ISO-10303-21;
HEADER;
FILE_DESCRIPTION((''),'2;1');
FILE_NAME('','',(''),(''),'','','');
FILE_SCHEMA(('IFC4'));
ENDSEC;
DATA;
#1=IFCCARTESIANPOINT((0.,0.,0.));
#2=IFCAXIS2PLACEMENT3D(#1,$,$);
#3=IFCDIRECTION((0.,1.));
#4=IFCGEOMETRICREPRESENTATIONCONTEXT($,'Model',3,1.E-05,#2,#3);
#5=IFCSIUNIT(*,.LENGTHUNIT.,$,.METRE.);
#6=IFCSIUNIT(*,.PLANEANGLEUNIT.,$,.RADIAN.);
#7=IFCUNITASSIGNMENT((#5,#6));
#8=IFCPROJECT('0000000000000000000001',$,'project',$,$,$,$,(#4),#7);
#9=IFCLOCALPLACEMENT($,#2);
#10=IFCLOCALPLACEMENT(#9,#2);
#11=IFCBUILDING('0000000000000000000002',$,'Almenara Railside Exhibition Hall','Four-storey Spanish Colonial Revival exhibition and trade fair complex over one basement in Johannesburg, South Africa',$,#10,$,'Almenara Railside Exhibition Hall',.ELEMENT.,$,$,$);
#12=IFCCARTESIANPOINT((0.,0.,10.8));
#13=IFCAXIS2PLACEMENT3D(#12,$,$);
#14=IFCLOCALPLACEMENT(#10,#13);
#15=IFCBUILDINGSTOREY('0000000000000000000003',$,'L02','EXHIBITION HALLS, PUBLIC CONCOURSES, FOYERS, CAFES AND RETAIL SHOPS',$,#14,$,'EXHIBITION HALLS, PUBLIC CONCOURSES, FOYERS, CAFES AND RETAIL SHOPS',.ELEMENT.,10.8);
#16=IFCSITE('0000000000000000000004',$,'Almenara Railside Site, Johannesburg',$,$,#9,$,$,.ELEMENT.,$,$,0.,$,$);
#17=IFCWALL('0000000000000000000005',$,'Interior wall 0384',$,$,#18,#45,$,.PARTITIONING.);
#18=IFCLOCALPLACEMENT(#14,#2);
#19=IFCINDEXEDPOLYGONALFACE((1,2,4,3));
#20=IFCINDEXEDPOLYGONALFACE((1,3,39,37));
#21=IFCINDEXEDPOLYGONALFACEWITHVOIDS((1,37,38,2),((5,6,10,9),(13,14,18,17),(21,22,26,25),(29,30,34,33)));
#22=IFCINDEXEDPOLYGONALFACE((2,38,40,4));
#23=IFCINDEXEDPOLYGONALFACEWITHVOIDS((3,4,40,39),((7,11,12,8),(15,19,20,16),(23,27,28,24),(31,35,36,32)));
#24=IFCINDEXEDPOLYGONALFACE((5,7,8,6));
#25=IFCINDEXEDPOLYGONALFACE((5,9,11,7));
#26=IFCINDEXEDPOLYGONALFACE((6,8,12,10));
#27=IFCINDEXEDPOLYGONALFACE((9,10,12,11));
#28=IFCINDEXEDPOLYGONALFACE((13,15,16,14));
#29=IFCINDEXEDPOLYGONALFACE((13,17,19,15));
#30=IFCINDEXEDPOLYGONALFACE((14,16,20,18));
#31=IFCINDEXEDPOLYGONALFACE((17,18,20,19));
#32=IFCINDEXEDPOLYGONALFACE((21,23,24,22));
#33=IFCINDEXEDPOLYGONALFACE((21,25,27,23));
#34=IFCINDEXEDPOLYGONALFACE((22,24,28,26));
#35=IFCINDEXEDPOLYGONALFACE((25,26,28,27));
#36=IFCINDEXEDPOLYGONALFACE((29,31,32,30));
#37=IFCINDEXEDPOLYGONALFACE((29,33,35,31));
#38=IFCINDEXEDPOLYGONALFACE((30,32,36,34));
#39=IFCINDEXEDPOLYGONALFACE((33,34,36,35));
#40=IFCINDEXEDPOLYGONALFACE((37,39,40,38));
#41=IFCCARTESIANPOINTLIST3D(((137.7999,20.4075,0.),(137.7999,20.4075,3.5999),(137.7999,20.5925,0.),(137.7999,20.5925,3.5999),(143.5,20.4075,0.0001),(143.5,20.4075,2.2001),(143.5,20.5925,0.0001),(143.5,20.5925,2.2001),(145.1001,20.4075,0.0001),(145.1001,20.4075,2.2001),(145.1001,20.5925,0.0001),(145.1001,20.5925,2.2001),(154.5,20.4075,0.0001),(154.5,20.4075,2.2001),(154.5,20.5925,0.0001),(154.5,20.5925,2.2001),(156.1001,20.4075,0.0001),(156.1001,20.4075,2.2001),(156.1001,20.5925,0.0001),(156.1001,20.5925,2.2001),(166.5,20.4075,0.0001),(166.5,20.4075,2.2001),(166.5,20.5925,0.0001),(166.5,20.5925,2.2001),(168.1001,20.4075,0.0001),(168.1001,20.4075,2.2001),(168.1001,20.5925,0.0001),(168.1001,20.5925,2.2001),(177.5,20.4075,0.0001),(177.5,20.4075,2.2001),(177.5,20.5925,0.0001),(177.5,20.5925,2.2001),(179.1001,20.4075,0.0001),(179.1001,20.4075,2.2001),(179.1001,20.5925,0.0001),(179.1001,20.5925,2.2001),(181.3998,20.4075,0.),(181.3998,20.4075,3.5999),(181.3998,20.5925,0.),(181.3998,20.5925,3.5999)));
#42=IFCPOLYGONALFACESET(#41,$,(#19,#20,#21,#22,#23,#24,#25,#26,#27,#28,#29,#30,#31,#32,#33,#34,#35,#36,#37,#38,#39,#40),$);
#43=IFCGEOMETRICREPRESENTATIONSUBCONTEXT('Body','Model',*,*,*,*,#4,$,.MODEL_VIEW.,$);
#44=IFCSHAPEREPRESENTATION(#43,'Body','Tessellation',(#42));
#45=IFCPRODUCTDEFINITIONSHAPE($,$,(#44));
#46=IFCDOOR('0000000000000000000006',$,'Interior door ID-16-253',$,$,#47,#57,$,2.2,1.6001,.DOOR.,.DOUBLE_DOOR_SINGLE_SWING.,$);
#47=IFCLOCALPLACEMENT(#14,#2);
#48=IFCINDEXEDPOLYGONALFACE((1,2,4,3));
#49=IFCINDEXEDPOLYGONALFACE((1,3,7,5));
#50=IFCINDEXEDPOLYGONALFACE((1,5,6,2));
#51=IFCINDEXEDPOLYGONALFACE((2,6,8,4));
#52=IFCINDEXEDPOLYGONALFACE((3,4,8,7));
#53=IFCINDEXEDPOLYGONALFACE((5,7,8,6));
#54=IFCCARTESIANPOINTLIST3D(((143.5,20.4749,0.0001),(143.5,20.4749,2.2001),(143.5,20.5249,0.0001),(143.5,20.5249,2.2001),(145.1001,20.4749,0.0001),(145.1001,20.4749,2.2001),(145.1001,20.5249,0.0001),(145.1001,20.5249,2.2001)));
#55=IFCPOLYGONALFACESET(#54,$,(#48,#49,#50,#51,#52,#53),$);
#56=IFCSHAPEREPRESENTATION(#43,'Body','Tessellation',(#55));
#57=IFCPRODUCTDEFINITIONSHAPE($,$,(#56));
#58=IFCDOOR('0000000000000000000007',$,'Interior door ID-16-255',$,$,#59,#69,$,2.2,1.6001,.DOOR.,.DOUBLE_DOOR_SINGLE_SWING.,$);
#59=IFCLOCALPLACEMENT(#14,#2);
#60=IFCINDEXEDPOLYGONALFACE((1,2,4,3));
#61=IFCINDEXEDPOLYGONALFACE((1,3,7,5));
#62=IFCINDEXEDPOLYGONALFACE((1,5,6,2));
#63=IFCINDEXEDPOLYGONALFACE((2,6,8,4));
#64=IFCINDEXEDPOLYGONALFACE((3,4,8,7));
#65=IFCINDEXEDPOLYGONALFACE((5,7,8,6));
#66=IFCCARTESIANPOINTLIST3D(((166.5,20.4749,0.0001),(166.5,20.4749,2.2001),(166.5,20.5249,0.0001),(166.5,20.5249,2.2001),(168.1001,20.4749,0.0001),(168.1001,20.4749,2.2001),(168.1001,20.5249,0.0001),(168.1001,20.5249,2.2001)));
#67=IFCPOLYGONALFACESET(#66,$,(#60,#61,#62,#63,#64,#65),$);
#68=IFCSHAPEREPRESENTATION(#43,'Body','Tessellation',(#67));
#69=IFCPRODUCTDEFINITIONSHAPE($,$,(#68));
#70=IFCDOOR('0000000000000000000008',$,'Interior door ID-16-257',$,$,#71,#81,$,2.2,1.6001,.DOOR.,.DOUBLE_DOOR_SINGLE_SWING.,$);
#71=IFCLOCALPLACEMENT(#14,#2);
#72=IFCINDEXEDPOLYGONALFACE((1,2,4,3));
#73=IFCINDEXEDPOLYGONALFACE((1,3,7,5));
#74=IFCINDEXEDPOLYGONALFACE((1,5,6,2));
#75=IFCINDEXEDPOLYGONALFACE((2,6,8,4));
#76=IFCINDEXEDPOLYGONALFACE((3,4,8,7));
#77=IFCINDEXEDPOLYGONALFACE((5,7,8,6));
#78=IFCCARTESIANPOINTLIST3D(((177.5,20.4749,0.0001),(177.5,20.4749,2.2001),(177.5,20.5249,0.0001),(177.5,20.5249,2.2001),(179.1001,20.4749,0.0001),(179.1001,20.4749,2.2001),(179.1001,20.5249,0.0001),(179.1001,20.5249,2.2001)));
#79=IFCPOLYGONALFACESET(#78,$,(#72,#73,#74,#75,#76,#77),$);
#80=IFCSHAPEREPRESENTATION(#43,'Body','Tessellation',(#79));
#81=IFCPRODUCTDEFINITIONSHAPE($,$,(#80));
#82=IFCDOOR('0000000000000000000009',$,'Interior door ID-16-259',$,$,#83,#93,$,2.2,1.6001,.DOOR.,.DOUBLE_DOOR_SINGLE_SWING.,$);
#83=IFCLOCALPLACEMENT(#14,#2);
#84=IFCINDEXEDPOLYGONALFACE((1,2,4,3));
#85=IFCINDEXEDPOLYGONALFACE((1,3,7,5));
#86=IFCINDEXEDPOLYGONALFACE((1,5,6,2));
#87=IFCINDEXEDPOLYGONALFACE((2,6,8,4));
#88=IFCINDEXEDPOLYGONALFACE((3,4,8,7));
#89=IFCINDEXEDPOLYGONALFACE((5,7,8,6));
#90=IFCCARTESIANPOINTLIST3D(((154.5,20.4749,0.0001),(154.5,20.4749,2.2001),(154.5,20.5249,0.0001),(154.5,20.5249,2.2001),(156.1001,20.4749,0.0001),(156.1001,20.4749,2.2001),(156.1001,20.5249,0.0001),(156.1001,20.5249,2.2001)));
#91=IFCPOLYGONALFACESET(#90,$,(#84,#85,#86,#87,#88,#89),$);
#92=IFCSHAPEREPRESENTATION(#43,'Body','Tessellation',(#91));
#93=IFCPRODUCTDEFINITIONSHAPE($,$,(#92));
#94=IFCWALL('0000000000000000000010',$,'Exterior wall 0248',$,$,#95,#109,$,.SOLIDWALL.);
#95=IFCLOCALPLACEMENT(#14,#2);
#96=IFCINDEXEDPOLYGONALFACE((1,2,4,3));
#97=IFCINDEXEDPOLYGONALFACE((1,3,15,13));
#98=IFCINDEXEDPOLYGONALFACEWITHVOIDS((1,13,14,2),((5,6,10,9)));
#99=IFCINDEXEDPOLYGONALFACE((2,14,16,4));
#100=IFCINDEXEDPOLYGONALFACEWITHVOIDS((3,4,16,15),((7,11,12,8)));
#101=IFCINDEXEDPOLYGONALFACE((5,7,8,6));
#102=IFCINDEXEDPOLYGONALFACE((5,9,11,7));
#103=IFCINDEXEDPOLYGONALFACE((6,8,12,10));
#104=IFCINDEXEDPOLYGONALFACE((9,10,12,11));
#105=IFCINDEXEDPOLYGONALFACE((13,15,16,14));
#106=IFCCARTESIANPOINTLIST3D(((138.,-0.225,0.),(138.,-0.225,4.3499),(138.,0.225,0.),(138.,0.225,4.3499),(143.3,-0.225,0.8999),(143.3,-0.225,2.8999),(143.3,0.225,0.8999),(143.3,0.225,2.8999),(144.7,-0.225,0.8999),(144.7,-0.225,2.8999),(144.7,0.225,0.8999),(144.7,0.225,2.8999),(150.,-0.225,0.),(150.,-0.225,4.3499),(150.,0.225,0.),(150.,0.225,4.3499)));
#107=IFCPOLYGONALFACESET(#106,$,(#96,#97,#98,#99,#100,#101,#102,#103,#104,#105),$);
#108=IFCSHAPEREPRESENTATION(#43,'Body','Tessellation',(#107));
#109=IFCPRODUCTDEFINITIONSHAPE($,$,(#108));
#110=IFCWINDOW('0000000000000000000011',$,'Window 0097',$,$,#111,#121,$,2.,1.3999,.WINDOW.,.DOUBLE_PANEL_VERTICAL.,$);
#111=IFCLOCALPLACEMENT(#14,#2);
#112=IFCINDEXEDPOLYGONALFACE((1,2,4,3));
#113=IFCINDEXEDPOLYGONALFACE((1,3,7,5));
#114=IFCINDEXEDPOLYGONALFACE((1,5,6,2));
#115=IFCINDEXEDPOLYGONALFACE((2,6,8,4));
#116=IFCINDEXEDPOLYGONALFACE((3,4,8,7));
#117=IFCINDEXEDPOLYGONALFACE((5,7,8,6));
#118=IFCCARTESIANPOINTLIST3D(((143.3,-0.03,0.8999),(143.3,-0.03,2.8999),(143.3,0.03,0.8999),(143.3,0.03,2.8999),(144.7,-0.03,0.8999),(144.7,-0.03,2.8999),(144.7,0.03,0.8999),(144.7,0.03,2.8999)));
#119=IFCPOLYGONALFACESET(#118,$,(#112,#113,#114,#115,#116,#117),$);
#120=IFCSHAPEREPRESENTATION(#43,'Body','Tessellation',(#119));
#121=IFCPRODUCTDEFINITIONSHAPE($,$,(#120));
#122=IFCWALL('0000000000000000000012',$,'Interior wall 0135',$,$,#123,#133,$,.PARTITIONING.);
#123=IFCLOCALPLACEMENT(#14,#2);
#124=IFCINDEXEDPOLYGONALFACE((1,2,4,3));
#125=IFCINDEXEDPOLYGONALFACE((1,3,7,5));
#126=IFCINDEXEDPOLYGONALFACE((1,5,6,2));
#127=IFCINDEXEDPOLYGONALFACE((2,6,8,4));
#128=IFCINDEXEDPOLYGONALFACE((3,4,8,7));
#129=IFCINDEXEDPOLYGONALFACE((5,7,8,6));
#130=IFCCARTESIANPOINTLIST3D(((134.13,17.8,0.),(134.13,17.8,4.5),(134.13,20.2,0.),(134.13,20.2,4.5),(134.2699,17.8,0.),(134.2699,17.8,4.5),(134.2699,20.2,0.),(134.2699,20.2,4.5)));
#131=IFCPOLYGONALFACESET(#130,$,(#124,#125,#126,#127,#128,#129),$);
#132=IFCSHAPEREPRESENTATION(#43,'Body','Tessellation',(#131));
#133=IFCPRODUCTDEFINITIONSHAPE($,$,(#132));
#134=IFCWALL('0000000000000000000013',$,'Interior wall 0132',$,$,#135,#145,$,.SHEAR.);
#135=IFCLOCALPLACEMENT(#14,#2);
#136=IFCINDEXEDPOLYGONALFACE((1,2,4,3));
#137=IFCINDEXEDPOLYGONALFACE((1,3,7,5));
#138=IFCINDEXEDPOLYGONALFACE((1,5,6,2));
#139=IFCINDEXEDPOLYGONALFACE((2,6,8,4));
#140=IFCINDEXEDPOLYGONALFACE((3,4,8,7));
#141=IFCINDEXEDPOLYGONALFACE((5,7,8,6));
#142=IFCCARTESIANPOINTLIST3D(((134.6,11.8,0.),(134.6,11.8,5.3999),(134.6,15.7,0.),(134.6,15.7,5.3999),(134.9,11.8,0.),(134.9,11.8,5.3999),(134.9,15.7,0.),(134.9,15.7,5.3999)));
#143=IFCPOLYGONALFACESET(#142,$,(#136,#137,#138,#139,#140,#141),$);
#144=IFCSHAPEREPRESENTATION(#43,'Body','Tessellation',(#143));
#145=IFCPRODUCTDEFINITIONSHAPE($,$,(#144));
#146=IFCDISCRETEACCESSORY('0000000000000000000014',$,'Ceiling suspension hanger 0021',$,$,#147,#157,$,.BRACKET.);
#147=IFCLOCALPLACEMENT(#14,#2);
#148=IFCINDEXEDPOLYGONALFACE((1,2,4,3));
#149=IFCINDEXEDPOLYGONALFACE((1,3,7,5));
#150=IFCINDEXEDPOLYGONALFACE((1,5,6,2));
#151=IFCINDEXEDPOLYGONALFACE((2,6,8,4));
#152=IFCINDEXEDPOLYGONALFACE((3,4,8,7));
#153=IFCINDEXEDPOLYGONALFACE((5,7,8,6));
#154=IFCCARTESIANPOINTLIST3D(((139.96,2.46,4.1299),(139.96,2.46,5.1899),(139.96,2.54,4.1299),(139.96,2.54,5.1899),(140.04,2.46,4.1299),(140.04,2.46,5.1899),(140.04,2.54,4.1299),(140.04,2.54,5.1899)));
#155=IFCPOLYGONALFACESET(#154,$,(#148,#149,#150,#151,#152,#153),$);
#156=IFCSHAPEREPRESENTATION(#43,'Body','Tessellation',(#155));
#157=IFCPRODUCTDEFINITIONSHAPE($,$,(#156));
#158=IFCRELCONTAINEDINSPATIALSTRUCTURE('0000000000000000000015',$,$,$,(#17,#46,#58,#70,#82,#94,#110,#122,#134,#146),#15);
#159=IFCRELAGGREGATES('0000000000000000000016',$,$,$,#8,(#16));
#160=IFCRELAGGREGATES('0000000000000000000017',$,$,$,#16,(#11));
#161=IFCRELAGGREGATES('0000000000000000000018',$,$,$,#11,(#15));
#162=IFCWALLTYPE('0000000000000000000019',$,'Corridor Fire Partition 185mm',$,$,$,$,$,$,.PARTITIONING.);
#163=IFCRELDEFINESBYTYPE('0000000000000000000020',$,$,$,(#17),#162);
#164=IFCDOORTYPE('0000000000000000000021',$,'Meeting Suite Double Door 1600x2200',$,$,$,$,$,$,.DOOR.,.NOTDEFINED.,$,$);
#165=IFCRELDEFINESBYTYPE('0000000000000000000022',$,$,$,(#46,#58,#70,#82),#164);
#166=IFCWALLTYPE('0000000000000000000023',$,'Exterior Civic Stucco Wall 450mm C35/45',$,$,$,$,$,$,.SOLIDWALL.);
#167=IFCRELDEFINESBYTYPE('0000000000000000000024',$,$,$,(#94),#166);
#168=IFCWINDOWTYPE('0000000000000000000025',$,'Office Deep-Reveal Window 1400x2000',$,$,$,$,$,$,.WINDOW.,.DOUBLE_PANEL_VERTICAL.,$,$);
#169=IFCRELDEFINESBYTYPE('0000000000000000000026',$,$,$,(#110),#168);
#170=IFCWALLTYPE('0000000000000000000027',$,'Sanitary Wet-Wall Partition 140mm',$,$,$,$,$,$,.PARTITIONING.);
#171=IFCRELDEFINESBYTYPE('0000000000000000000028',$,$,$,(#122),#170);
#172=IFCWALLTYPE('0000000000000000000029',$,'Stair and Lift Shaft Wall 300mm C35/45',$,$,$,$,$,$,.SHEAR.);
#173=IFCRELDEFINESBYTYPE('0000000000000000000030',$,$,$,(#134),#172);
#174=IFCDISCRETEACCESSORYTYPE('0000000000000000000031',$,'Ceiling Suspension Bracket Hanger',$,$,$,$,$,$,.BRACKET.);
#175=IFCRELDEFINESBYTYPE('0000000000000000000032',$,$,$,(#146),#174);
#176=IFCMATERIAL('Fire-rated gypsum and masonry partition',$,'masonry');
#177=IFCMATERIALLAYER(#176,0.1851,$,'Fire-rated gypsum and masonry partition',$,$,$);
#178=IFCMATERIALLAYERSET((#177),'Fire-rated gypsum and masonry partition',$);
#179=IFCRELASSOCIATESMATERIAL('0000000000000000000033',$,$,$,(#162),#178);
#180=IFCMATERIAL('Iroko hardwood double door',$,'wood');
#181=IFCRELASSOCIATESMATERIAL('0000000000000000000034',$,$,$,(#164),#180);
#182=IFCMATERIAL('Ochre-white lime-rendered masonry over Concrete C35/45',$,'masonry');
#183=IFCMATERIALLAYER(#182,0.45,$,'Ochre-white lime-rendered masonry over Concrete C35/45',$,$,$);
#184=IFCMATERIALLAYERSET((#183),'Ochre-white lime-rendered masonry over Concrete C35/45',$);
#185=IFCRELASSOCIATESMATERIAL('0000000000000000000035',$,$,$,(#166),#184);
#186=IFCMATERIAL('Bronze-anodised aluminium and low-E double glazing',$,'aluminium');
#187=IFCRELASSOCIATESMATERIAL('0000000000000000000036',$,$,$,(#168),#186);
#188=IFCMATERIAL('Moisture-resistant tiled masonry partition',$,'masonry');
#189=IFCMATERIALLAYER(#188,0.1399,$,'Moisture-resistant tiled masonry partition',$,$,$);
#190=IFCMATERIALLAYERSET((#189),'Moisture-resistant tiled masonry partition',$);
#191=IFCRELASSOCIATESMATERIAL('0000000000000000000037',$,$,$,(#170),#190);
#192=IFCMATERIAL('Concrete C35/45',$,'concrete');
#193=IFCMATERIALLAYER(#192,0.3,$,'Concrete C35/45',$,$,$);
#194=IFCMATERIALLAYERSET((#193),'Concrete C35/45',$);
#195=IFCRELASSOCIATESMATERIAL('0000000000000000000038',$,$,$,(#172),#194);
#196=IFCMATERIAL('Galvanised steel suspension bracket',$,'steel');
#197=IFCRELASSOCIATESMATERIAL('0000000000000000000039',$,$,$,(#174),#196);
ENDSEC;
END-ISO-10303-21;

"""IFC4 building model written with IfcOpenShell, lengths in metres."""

from ifc_helpers import new_model, si_unit, direction, frame, frame_2d, origin, origin_2d, place, context, subcontext, project, spatial, rectangle, extrude, material, layer, layer_set, type_object, element, fill, save


model = new_model("IFC4")

# Units and contexts
model_context = context("Model", 3, precision=1e-05, world=origin(), true_north=direction((0.0, 1.0)))
body_context = subcontext(model_context, "Body", "Model", "MODEL_VIEW")
ifc_project = project(units=[si_unit("LENGTHUNIT", "METRE"), si_unit("PLANEANGLEUNIT", "RADIAN")], contexts=[model_context])

# Site, building, storey
site_placement = place(None, origin())
site = spatial("IfcSite", under=ifc_project, at=site_placement, Name="Almenara Railside Site, Johannesburg", CompositionType="ELEMENT", RefElevation=0.0)
building_placement = place(site_placement, origin())
building = spatial("IfcBuilding", under=site, at=building_placement, Name="Almenara Railside Exhibition Hall", Description="Four-storey Spanish Colonial Revival exhibition and trade fair complex over one basement in Johannesburg, South Africa", LongName="Almenara Railside Exhibition Hall", CompositionType="ELEMENT")
storey_placement = place(building_placement, frame((0.0, 0.0, 10.8)))
storey = spatial("IfcBuildingStorey", under=building, at=storey_placement, Name="L02", Description="EXHIBITION HALLS, PUBLIC CONCOURSES, FOYERS, CAFES AND RETAIL SHOPS", LongName="EXHIBITION HALLS, PUBLIC CONCOURSES, FOYERS, CAFES AND RETAIL SHOPS", CompositionType="ELEMENT", Elevation=10.8)

# Shared definitions
ifc_material_1 = material(Name="Concrete C35/45", Category="concrete")

# Wall, openings, doors
ifc_material_2 = material(Name="Fire-rated gypsum and masonry partition", Category="masonry")
ifc_layer_1 = layer(ifc_material_2, 0.1851, Name="Fire-rated gypsum and masonry partition")
ifc_layer_set_1 = layer_set([ifc_layer_1], Name="Fire-rated gypsum and masonry partition")
wall_type_1 = type_object("IfcWallType", Name="Corridor Fire Partition 185mm", PredefinedType="PARTITIONING", material=ifc_layer_set_1)
wall_1_placement = place(storey_placement, frame((137.8, 20.5, 0.0), z_axis=(0.0, 0.0, 1.0), x_axis=(1.0, 0.0, 0.0)))
wall_1 = element("IfcWall", 1, at=wall_1_placement, inside=storey, type_object=wall_type_1, Name="Interior wall 0384", PredefinedType="PARTITIONING", context=body_context, shape_type="SweptSolid", body=[
    extrude(rectangle(XDim=43.5999, YDim=0.1851, at=frame_2d((21.7998, 0.0))), origin(), (0.0, 0.0, 1.0), 3.5999),
])
opening_1_placement = place(wall_1_placement, frame((5.7, 0.0, 0.0)))
opening_1 = element("IfcOpeningElement", 2, at=opening_1_placement, cuts=wall_1, PredefinedType="OPENING", context=body_context, shape_type="SweptSolid", body=[
    extrude(rectangle(XDim=1.6001, YDim=2.2, at=frame_2d((0.8, 1.1001))), frame((0.0, 0.1025, 0.0), z_axis=(0.0, -1.0, 0.0), x_axis=(1.0, 0.0, 0.0)), (0.0, 0.0, 1.0), 0.2051),
])
opening_2_placement = place(wall_1_placement, frame((28.7, 0.0, 0.0)))
opening_2 = element("IfcOpeningElement", 3, at=opening_2_placement, cuts=wall_1, PredefinedType="OPENING", context=body_context, shape_type="SweptSolid", body=[
    extrude(rectangle(XDim=1.6001, YDim=2.2, at=frame_2d((0.8, 1.1001))), frame((0.0, 0.1025, 0.0), z_axis=(0.0, -1.0, 0.0), x_axis=(1.0, 0.0, 0.0)), (0.0, 0.0, 1.0), 0.2051),
])
opening_3_placement = place(wall_1_placement, frame((39.7, 0.0, 0.0)))
opening_3 = element("IfcOpeningElement", 4, at=opening_3_placement, cuts=wall_1, PredefinedType="OPENING", context=body_context, shape_type="SweptSolid", body=[
    extrude(rectangle(XDim=1.6001, YDim=2.2, at=frame_2d((0.8, 1.1001))), frame((0.0, 0.1025, 0.0), z_axis=(0.0, -1.0, 0.0), x_axis=(1.0, 0.0, 0.0)), (0.0, 0.0, 1.0), 0.2051),
])
opening_4_placement = place(wall_1_placement, frame((16.7, 0.0, 0.0)))
opening_4 = element("IfcOpeningElement", 5, at=opening_4_placement, cuts=wall_1, PredefinedType="OPENING", context=body_context, shape_type="SweptSolid", body=[
    extrude(rectangle(XDim=1.6001, YDim=2.2, at=frame_2d((0.8, 1.1001))), frame((0.0, 0.1025, 0.0), z_axis=(0.0, -1.0, 0.0), x_axis=(1.0, 0.0, 0.0)), (0.0, 0.0, 1.0), 0.2051),
])
ifc_material_3 = material(Name="Iroko hardwood double door", Category="wood")
door_type_1 = type_object("IfcDoorType", Name="Meeting Suite Double Door 1600x2200", OperationType="NOTDEFINED", PredefinedType="DOOR", material=ifc_material_3)
door_1_placement = place(opening_1_placement, origin())
door_1 = element("IfcDoor", 6, at=door_1_placement, inside=storey, type_object=door_type_1, Name="Interior door ID-16-253", OperationType="DOUBLE_DOOR_SINGLE_SWING", OverallHeight=2.2, OverallWidth=1.6001, PredefinedType="DOOR", context=body_context, shape_type="SweptSolid", body=[
    extrude(rectangle(XDim=1.6001, YDim=2.2, at=frame_2d((0.8, 1.1001))), frame((0.0, 0.0249, 0.0), z_axis=(0.0, -1.0, 0.0), x_axis=(1.0, 0.0, 0.0)), (0.0, 0.0, 1.0), 0.05),
])
fill(opening_1, door_1)
door_2_placement = place(opening_2_placement, origin())
door_2 = element("IfcDoor", 7, at=door_2_placement, inside=storey, type_object=door_type_1, Name="Interior door ID-16-255", OperationType="DOUBLE_DOOR_SINGLE_SWING", OverallHeight=2.2, OverallWidth=1.6001, PredefinedType="DOOR", context=body_context, shape_type="SweptSolid", body=[
    extrude(rectangle(XDim=1.6001, YDim=2.2, at=frame_2d((0.8, 1.1001))), frame((0.0, 0.0249, 0.0), z_axis=(0.0, -1.0, 0.0), x_axis=(1.0, 0.0, 0.0)), (0.0, 0.0, 1.0), 0.05),
])
fill(opening_2, door_2)
door_3_placement = place(opening_3_placement, origin())
door_3 = element("IfcDoor", 8, at=door_3_placement, inside=storey, type_object=door_type_1, Name="Interior door ID-16-257", OperationType="DOUBLE_DOOR_SINGLE_SWING", OverallHeight=2.2, OverallWidth=1.6001, PredefinedType="DOOR", context=body_context, shape_type="SweptSolid", body=[
    extrude(rectangle(XDim=1.6001, YDim=2.2, at=frame_2d((0.8, 1.1001))), frame((0.0, 0.0249, 0.0), z_axis=(0.0, -1.0, 0.0), x_axis=(1.0, 0.0, 0.0)), (0.0, 0.0, 1.0), 0.05),
])
fill(opening_3, door_3)
door_4_placement = place(opening_4_placement, origin())
door_4 = element("IfcDoor", 9, at=door_4_placement, inside=storey, type_object=door_type_1, Name="Interior door ID-16-259", OperationType="DOUBLE_DOOR_SINGLE_SWING", OverallHeight=2.2, OverallWidth=1.6001, PredefinedType="DOOR", context=body_context, shape_type="SweptSolid", body=[
    extrude(rectangle(XDim=1.6001, YDim=2.2, at=frame_2d((0.8, 1.1001))), frame((0.0, 0.0249, 0.0), z_axis=(0.0, -1.0, 0.0), x_axis=(1.0, 0.0, 0.0)), (0.0, 0.0, 1.0), 0.05),
])
fill(opening_4, door_4)

# Wall, opening, window
ifc_material_4 = material(Name="Ochre-white lime-rendered masonry over Concrete C35/45", Category="masonry")
ifc_layer_2 = layer(ifc_material_4, 0.45, Name="Ochre-white lime-rendered masonry over Concrete C35/45")
ifc_layer_set_2 = layer_set([ifc_layer_2], Name="Ochre-white lime-rendered masonry over Concrete C35/45")
wall_type_2 = type_object("IfcWallType", Name="Exterior Civic Stucco Wall 450mm C35/45", PredefinedType="SOLIDWALL", material=ifc_layer_set_2)
wall_2_placement = place(storey_placement, frame((138.0, 0.0, 0.0), z_axis=(0.0, 0.0, 1.0), x_axis=(1.0, 0.0, 0.0)))
wall_2 = element("IfcWall", 10, at=wall_2_placement, inside=storey, type_object=wall_type_2, Name="Exterior wall 0248", PredefinedType="SOLIDWALL", context=body_context, shape_type="SweptSolid", body=[
    extrude(rectangle(XDim=12.0, YDim=0.45, at=frame_2d((6.0, 0.0))), origin(), (0.0, 0.0, 1.0), 4.3499),
])
opening_5_placement = place(wall_2_placement, frame((5.3, 0.0, 0.8999)))
opening_5 = element("IfcOpeningElement", 11, at=opening_5_placement, cuts=wall_2, PredefinedType="OPENING", context=body_context, shape_type="SweptSolid", body=[
    extrude(rectangle(XDim=1.3999, YDim=2.0, at=frame_2d((0.7, 1.0))), frame((0.0, 0.2349, 0.0), z_axis=(0.0, -1.0, 0.0), x_axis=(1.0, 0.0, 0.0)), (0.0, 0.0, 1.0), 0.47),
])
ifc_material_5 = material(Name="Bronze-anodised aluminium and low-E double glazing", Category="aluminium")
window_type = type_object("IfcWindowType", Name="Office Deep-Reveal Window 1400x2000", PartitioningType="DOUBLE_PANEL_VERTICAL", PredefinedType="WINDOW", material=ifc_material_5)
window_placement = place(opening_5_placement, origin())
window = element("IfcWindow", 12, at=window_placement, inside=storey, type_object=window_type, Name="Window 0097", OverallHeight=2.0, OverallWidth=1.3999, PartitioningType="DOUBLE_PANEL_VERTICAL", PredefinedType="WINDOW", context=body_context, shape_type="SweptSolid", body=[
    extrude(rectangle(XDim=1.3999, YDim=2.0, at=frame_2d((0.7, 1.0))), frame((0.0, 0.03, 0.0), z_axis=(0.0, -1.0, 0.0), x_axis=(1.0, 0.0, 0.0)), (0.0, 0.0, 1.0), 0.0601),
])
fill(opening_5, window)

# Walls
ifc_material_6 = material(Name="Moisture-resistant tiled masonry partition", Category="masonry")
ifc_layer_3 = layer(ifc_material_6, 0.1399, Name="Moisture-resistant tiled masonry partition")
ifc_layer_set_3 = layer_set([ifc_layer_3], Name="Moisture-resistant tiled masonry partition")
wall_type_3 = type_object("IfcWallType", Name="Sanitary Wet-Wall Partition 140mm", PredefinedType="PARTITIONING", material=ifc_layer_set_3)
wall_3_placement = place(storey_placement, frame((134.2, 17.8, 0.0), z_axis=(0.0, 0.0, 1.0), x_axis=(0.0, 1.0, 0.0)))
element("IfcWall", 13, at=wall_3_placement, inside=storey, type_object=wall_type_3, Name="Interior wall 0135", PredefinedType="PARTITIONING", context=body_context, shape_type="SweptSolid", body=[
    extrude(rectangle(XDim=2.3999, YDim=0.1399, at=frame_2d((1.2, 0.0))), origin(), (0.0, 0.0, 1.0), 4.5),
])
ifc_layer_4 = layer(ifc_material_1, 0.3, Name="Concrete C35/45")
ifc_layer_set_4 = layer_set([ifc_layer_4], Name="Concrete C35/45")
wall_type_4 = type_object("IfcWallType", Name="Stair and Lift Shaft Wall 300mm C35/45", PredefinedType="SHEAR", material=ifc_layer_set_4)
wall_4_placement = place(storey_placement, frame((134.75, 11.8, 0.0), z_axis=(0.0, 0.0, 1.0), x_axis=(0.0, 1.0, 0.0)))
element("IfcWall", 14, at=wall_4_placement, inside=storey, type_object=wall_type_4, Name="Interior wall 0132", PredefinedType="SHEAR", context=body_context, shape_type="SweptSolid", body=[
    extrude(rectangle(XDim=3.8999, YDim=0.3, at=frame_2d((1.95, 0.0))), origin(), (0.0, 0.0, 1.0), 5.3999),
])

# Discrete accessory
ifc_material_7 = material(Name="Galvanised steel suspension bracket", Category="steel")
discrete_accessory_type = type_object("IfcDiscreteAccessoryType", Name="Ceiling Suspension Bracket Hanger", PredefinedType="BRACKET", material=ifc_material_7)
for number, where, z_axis, x_axis, name in (
    (15, (140.0, 2.5, 4.1299), (0.0, 0.0, 1.0), (1.0, 0.0, 0.0), "Ceiling suspension hanger 0021"),
):
    element("IfcDiscreteAccessory", number, at=place(storey_placement, frame(where, z_axis=z_axis, x_axis=x_axis)), inside=storey, type_object=discrete_accessory_type, Name=name, PredefinedType="BRACKET", context=body_context, shape_type="SweptSolid", body=[
        extrude(rectangle(XDim=0.0801, YDim=0.0801, at=origin_2d()), origin(), (0.0, 0.0, 1.0), 1.0601),
    ])

save(model, "model.ifc")
